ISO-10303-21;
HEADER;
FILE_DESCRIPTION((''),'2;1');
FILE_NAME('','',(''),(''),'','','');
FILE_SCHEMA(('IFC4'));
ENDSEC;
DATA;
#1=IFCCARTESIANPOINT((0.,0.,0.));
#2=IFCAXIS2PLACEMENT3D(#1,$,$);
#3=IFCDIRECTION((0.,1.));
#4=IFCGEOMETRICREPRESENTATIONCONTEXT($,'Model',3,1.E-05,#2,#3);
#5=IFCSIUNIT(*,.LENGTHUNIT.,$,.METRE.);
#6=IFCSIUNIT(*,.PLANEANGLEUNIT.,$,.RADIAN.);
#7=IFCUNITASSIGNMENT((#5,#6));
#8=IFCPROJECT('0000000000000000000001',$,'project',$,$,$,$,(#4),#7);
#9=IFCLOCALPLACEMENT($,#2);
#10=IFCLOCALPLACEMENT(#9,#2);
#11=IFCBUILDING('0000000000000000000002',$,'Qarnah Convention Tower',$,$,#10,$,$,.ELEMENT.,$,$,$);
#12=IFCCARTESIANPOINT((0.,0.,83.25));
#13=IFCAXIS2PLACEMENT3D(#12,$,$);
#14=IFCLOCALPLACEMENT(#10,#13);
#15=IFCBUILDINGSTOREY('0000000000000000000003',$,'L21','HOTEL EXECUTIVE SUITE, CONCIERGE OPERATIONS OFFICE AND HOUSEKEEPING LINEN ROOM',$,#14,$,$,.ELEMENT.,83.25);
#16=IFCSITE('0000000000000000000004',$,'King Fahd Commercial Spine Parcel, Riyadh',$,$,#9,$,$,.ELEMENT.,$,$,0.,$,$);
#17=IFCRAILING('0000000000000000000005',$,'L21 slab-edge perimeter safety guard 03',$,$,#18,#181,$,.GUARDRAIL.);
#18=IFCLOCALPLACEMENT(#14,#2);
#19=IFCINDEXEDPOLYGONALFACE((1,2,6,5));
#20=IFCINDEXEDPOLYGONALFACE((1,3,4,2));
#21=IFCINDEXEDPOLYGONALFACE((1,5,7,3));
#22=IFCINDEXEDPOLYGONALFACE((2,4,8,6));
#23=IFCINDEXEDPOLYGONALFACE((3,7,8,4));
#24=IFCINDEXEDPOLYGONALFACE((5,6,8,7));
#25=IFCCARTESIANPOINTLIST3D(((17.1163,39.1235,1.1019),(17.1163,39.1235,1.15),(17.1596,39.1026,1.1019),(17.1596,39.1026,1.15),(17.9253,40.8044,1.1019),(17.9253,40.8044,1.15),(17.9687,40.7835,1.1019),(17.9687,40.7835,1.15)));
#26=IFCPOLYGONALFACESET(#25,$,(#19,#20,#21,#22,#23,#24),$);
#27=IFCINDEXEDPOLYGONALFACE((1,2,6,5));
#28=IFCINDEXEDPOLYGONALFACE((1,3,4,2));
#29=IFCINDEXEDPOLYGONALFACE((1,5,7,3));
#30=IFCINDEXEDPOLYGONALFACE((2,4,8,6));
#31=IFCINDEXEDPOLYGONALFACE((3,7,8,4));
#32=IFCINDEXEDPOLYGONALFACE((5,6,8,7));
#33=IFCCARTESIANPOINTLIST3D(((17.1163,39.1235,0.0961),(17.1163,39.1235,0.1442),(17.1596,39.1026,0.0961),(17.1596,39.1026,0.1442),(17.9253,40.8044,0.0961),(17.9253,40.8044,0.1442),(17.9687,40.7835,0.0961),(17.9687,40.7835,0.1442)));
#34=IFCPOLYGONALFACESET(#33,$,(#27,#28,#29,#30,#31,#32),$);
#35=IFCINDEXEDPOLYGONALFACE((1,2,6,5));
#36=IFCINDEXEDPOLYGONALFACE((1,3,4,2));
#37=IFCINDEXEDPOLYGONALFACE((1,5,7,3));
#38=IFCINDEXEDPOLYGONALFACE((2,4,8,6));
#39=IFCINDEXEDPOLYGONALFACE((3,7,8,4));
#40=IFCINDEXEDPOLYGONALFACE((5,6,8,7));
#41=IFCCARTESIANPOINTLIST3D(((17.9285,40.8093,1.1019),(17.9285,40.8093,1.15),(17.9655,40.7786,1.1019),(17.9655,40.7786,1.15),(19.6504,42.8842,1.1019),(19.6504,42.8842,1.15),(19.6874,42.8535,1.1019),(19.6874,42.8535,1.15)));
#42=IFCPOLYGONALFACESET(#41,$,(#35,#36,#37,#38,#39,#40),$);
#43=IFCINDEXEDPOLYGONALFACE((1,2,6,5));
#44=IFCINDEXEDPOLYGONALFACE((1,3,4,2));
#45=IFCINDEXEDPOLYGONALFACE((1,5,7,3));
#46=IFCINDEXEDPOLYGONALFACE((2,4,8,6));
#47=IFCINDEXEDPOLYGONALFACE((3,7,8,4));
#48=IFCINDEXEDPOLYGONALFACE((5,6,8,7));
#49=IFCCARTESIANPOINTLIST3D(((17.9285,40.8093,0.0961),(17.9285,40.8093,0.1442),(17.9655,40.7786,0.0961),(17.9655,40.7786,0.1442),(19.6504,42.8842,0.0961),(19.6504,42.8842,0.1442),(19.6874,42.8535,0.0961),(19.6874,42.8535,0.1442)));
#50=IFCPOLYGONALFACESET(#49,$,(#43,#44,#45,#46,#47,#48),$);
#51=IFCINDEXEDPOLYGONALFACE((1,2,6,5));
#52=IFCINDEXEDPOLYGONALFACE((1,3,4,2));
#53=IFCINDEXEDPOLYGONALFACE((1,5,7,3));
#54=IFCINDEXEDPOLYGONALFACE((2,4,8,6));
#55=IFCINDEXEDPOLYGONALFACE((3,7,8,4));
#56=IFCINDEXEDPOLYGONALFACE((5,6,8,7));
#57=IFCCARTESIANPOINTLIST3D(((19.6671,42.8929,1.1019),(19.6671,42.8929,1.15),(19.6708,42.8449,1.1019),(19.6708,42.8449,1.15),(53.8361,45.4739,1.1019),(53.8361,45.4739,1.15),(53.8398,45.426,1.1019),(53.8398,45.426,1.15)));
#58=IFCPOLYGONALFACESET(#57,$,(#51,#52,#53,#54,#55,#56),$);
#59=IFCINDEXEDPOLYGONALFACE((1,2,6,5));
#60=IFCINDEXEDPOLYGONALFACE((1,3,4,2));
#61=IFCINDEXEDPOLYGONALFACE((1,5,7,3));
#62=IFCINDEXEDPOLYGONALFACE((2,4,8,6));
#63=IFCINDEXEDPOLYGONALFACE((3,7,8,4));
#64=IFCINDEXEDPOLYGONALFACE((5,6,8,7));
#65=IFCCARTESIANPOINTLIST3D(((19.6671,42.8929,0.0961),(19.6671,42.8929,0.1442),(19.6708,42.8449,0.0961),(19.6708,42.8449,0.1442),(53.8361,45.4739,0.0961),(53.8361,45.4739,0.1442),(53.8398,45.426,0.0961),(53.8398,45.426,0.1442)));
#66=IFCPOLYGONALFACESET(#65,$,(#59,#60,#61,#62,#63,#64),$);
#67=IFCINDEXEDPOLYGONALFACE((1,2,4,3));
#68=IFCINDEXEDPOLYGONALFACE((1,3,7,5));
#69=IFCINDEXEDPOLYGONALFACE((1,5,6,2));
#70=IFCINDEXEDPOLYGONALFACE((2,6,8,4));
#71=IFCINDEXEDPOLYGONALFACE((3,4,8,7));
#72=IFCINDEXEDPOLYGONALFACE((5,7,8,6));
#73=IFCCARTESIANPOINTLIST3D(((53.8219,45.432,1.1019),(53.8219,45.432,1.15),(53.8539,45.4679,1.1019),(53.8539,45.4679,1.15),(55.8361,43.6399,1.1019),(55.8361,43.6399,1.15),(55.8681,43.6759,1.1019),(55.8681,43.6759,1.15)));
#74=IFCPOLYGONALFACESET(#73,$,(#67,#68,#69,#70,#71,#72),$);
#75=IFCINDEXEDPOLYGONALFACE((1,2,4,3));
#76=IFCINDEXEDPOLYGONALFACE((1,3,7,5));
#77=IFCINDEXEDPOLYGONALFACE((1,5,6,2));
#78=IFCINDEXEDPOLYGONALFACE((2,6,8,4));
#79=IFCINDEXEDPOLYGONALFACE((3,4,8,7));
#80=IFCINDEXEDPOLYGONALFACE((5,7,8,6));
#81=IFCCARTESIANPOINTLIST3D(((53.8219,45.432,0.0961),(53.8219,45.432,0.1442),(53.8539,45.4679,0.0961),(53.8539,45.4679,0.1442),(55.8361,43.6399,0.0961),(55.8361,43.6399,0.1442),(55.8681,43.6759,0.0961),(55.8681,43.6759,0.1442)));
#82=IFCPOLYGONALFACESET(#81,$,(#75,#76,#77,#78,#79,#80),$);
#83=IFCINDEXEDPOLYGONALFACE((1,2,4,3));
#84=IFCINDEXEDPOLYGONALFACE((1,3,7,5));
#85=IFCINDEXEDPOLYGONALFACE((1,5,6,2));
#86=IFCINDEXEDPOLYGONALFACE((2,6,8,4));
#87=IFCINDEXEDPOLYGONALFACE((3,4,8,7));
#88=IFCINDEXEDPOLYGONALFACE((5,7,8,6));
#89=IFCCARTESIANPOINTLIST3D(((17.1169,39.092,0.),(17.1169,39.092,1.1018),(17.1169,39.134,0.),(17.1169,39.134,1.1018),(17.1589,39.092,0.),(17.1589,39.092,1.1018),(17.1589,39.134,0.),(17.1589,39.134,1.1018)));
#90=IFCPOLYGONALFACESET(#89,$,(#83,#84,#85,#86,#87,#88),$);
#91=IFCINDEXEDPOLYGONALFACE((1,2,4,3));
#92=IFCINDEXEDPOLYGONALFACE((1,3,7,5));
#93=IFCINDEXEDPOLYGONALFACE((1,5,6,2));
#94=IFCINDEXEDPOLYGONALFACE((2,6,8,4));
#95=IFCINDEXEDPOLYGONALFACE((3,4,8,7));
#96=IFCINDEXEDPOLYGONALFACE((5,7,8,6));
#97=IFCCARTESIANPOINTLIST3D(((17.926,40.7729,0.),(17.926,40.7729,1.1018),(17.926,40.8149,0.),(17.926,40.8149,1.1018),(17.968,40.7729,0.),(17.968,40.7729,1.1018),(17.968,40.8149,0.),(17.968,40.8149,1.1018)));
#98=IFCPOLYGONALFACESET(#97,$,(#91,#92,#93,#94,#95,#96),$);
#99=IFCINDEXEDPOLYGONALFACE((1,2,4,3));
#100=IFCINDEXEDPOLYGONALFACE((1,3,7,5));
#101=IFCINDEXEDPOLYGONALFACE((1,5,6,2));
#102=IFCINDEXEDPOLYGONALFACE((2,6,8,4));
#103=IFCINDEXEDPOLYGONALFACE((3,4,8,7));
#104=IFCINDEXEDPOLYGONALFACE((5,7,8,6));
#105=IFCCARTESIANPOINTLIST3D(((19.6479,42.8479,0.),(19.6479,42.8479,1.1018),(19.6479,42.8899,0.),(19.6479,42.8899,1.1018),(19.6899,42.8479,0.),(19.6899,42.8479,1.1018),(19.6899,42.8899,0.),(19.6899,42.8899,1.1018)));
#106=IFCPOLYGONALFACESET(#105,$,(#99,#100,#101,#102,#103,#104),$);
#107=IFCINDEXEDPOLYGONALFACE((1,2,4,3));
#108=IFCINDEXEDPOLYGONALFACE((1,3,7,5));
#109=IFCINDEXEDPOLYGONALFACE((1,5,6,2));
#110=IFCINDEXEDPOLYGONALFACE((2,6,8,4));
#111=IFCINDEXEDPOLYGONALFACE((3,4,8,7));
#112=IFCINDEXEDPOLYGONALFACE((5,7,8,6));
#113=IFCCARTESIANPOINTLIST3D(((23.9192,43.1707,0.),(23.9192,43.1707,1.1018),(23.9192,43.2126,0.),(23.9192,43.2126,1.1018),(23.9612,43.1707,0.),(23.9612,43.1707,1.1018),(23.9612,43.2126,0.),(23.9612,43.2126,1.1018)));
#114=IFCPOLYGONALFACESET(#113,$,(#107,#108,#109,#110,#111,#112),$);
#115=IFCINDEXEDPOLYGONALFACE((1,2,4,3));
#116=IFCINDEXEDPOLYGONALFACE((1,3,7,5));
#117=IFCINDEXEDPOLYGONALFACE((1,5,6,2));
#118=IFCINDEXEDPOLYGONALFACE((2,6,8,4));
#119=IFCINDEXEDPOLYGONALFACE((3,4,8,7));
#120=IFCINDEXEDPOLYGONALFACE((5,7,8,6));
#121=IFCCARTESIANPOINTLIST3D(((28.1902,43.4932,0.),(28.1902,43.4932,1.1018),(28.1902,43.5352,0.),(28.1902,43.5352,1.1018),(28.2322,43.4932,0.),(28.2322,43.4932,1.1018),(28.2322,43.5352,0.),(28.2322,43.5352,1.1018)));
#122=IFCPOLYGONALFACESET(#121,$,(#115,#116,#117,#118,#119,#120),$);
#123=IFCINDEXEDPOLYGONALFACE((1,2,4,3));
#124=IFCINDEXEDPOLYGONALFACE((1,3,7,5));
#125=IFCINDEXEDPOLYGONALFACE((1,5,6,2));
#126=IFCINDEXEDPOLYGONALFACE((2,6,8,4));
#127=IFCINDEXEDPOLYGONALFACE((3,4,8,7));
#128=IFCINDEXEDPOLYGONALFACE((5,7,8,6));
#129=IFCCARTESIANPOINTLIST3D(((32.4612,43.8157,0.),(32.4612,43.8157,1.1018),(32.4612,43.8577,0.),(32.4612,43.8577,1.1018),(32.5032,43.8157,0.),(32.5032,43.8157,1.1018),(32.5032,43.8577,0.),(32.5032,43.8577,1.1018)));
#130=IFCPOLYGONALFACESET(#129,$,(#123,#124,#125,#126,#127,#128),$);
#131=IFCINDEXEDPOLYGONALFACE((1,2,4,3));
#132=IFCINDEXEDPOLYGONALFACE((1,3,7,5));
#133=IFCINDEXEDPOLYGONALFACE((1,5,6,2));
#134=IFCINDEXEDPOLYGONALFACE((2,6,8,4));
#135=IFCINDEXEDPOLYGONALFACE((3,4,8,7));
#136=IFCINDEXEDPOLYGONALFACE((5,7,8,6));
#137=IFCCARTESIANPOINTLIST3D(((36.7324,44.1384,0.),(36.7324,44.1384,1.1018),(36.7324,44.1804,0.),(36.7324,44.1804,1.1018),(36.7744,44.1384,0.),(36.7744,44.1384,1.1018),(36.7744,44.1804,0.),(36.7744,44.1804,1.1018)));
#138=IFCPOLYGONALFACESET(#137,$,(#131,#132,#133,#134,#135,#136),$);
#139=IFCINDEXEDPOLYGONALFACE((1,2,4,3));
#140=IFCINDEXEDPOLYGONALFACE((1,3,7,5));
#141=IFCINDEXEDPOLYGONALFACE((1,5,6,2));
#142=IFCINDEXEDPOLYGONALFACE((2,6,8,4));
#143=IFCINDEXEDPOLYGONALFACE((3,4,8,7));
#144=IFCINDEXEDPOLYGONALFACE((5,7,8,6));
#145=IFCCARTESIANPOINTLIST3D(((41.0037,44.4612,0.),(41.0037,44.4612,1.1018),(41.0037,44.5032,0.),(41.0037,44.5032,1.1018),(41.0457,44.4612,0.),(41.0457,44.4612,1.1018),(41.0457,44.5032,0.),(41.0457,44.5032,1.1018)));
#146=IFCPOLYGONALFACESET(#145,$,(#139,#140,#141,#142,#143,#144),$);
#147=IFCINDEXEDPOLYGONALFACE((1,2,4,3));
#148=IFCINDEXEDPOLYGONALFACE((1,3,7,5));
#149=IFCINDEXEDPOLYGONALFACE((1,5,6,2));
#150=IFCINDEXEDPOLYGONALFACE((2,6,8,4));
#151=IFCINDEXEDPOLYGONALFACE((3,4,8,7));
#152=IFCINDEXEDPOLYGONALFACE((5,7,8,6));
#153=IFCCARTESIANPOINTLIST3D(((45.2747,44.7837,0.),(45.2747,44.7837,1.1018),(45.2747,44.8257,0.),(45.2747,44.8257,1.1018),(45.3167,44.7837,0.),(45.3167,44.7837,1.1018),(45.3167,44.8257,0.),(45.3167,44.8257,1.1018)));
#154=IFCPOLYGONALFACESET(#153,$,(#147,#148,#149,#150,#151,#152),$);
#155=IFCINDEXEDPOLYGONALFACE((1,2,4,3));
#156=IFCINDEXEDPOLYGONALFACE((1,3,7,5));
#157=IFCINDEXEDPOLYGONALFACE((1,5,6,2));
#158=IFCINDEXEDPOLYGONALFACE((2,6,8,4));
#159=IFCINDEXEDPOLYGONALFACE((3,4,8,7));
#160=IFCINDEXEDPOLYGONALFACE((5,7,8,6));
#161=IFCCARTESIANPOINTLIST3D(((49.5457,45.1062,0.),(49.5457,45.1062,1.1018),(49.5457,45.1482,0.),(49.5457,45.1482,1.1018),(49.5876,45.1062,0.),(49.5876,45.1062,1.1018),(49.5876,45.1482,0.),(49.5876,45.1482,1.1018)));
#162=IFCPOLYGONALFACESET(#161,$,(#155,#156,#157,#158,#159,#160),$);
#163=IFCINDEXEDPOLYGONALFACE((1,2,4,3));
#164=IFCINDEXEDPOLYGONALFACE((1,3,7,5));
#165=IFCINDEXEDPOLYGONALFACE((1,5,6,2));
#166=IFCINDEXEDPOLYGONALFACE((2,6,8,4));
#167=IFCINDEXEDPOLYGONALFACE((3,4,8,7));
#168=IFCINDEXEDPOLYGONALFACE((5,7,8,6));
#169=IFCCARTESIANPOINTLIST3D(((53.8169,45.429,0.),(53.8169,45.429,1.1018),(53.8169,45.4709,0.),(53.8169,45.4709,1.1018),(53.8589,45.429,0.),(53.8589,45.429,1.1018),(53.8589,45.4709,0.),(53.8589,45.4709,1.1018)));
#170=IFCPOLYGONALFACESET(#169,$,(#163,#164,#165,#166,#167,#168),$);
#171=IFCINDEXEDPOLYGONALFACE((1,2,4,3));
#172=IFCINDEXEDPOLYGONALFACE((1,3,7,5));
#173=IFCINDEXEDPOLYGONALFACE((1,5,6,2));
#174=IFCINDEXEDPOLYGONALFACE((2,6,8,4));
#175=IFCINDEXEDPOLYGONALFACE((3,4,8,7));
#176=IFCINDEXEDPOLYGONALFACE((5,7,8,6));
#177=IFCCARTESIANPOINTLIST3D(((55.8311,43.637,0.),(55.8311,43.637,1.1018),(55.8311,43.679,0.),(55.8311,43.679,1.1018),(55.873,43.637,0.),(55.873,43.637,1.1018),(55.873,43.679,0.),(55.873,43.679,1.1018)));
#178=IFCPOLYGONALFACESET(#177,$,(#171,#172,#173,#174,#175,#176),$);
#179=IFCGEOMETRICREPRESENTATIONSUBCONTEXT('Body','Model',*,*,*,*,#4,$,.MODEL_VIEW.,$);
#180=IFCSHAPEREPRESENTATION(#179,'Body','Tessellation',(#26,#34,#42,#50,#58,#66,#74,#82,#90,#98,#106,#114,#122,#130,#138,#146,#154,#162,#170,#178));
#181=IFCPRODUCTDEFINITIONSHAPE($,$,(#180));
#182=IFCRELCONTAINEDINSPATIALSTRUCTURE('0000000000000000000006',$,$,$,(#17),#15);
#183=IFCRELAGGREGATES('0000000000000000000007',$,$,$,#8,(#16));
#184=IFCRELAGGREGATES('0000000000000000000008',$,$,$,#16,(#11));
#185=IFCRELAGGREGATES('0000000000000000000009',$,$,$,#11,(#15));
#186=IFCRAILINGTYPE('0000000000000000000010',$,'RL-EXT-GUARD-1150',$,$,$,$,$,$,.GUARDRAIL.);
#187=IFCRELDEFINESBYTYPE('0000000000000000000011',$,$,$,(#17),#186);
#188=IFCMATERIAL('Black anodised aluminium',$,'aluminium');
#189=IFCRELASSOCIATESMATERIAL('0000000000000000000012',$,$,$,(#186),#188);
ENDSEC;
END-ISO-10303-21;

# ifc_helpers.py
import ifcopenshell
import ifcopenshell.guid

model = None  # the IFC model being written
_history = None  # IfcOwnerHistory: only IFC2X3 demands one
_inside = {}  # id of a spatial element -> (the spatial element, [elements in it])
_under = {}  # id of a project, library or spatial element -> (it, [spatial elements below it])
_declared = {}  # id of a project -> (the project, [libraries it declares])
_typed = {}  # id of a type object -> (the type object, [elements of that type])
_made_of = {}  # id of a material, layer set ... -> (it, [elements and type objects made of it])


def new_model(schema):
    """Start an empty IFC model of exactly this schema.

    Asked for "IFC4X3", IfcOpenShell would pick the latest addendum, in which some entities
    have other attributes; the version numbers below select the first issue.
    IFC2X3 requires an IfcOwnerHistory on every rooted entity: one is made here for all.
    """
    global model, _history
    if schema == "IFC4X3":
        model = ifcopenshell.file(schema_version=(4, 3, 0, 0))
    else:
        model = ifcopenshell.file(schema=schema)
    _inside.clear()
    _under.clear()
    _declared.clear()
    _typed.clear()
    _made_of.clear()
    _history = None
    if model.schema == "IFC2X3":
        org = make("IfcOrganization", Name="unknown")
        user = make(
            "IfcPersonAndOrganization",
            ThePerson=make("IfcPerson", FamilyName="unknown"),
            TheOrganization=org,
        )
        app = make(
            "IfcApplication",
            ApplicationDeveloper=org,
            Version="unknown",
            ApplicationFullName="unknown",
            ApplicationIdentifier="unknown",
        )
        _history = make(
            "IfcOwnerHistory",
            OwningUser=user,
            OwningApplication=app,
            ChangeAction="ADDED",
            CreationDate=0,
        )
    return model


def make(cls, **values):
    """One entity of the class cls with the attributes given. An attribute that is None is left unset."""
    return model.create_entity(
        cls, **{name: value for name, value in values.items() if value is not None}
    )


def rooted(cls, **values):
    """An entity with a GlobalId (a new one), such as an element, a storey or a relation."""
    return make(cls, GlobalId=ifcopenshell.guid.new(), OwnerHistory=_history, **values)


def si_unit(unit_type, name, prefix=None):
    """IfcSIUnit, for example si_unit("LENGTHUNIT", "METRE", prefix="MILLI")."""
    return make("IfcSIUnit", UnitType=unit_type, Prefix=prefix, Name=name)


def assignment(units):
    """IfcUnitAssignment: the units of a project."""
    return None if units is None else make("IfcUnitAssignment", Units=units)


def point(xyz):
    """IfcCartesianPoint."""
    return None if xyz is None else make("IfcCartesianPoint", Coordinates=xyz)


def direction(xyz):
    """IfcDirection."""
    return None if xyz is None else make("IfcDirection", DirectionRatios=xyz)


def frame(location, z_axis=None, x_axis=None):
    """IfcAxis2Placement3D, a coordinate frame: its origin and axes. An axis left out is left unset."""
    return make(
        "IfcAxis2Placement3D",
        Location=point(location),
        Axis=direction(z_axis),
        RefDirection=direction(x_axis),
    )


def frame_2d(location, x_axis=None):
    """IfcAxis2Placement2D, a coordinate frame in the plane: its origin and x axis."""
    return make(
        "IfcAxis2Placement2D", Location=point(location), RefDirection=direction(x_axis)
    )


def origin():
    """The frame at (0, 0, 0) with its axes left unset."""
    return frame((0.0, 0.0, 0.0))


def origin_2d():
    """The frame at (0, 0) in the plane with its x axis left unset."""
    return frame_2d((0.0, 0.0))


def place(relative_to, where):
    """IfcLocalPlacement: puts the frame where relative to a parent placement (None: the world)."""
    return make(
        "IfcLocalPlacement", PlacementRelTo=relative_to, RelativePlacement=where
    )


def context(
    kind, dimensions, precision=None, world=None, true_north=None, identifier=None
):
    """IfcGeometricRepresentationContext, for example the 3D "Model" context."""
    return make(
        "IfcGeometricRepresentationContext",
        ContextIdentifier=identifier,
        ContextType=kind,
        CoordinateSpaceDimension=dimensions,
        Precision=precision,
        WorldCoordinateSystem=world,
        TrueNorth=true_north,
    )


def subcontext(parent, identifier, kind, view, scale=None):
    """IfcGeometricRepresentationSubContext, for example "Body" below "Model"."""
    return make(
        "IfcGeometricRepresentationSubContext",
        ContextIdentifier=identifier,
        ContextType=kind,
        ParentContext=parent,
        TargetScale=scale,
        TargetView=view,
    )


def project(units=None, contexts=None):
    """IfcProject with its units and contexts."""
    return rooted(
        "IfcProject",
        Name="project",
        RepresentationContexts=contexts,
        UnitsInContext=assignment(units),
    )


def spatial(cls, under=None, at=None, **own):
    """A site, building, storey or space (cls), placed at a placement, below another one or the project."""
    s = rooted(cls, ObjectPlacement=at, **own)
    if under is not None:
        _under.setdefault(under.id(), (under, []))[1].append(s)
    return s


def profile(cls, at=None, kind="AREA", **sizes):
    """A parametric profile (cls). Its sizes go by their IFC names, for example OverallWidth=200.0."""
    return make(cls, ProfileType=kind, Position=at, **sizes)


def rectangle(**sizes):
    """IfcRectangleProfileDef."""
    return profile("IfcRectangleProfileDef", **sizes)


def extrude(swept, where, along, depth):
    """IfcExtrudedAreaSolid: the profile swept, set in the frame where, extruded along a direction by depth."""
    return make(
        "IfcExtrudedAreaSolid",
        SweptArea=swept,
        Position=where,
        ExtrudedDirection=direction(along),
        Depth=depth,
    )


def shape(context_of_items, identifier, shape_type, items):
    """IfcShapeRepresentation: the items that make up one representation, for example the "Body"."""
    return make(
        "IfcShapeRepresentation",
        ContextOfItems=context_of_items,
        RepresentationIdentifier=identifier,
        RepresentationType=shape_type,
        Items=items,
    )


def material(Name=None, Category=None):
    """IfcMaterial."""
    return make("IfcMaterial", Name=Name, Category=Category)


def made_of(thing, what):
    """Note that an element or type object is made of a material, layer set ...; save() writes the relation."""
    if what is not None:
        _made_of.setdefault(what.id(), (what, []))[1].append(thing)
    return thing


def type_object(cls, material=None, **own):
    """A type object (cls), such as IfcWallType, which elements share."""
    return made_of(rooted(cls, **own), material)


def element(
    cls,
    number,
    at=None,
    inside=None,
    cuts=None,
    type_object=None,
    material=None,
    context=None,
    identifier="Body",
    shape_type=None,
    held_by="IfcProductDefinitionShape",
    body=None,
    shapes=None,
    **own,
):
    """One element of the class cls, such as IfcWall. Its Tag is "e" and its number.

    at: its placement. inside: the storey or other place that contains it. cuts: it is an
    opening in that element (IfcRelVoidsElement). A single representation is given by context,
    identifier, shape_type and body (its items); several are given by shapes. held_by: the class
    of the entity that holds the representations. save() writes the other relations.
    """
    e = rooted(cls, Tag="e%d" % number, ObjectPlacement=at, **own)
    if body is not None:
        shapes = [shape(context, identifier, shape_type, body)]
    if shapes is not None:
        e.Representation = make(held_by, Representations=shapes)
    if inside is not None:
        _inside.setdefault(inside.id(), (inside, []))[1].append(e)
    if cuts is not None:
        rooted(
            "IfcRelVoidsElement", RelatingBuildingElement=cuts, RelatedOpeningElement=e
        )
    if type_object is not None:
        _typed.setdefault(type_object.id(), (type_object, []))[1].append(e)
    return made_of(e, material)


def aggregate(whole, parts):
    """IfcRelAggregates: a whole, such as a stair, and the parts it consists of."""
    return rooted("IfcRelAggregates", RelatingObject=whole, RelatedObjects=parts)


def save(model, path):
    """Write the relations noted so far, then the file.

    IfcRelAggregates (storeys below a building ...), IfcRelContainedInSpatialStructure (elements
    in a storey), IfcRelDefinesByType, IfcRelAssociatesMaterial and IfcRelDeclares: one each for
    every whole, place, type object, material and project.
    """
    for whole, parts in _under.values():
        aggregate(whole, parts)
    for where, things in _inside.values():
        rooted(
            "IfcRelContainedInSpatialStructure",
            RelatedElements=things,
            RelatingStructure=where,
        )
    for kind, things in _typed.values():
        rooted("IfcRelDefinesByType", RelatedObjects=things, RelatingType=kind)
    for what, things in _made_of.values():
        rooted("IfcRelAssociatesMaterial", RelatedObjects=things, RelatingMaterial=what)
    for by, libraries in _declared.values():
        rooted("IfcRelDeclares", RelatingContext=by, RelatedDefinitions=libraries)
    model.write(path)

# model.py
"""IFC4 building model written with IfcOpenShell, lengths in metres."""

from ifc_helpers import new_model, si_unit, direction, frame, origin, origin_2d, place, context, subcontext, project, spatial, rectangle, extrude, material, type_object, element, save


model = new_model("IFC4")

# Units and contexts
model_context = context("Model", 3, precision=1e-05, world=origin(), true_north=direction((0.0, 1.0)))
body_context = subcontext(model_context, "Body", "Model", "MODEL_VIEW")
ifc_project = project(units=[si_unit("LENGTHUNIT", "METRE"), si_unit("PLANEANGLEUNIT", "RADIAN")], contexts=[model_context])

# Site, building, storey
site_placement = place(None, origin())
site = spatial("IfcSite", under=ifc_project, at=site_placement, Name="King Fahd Commercial Spine Parcel, Riyadh", CompositionType="ELEMENT", RefElevation=0.0)
building_placement = place(site_placement, origin())
building = spatial("IfcBuilding", under=site, at=building_placement, Name="Qarnah Convention Tower", CompositionType="ELEMENT")
storey_placement = place(building_placement, frame((0.0, 0.0, 83.25)))
storey = spatial("IfcBuildingStorey", under=building, at=storey_placement, Name="L21", Description="HOTEL EXECUTIVE SUITE, CONCIERGE OPERATIONS OFFICE AND HOUSEKEEPING LINEN ROOM", CompositionType="ELEMENT", Elevation=83.25)

# Shared definitions
ifc_material_1 = material(Name="Black anodised aluminium", Category="aluminium")

# Railing
railing_type = type_object("IfcRailingType", Name="RL-EXT-GUARD-1150", PredefinedType="GUARDRAIL", material=ifc_material_1)
railing_1_placement = place(storey_placement, frame((17.1379, 39.113, 0.0)))
element("IfcRailing", 1, at=railing_1_placement, inside=storey, type_object=railing_type, Name="L21 slab-edge perimeter safety guard 03", PredefinedType="GUARDRAIL", context=body_context, shape_type="SweptSolid", body=[
    extrude(rectangle(XDim=0.0481, YDim=0.0481, at=origin_2d()), frame((0.0, 0.0, 1.126), z_axis=(0.433709, 0.901053, 0.0), x_axis=(-0.901053, 0.433709, 0.0)), (0.0, 0.0, 1.0), 1.8655),
    extrude(rectangle(XDim=0.0481, YDim=0.0481, at=origin_2d()), frame((0.0, 0.0, 0.1201), z_axis=(0.433709, 0.901053, 0.0), x_axis=(-0.901053, 0.433709, 0.0)), (0.0, 0.0, 1.0), 1.8655),
    extrude(rectangle(XDim=0.0481, YDim=0.0481, at=origin_2d()), frame((0.8091, 1.6809, 1.126), z_axis=(0.638607, 0.769533, 0.0), x_axis=(-0.769533, 0.638607, 0.0)), (0.0, 0.0, 1.0), 2.6963),
    extrude(rectangle(XDim=0.0481, YDim=0.0481, at=origin_2d()), frame((0.8091, 1.6809, 0.1201), z_axis=(0.638607, 0.769533, 0.0), x_axis=(-0.769533, 0.638607, 0.0)), (0.0, 0.0, 1.0), 2.6963),
    extrude(rectangle(XDim=0.0481, YDim=0.0481, at=origin_2d()), frame((2.531, 3.7559, 1.126), z_axis=(0.997159, 0.075323, 0.0), x_axis=(-0.075323, 0.997159, 0.0)), (0.0, 0.0, 1.0), 34.2664),
    extrude(rectangle(XDim=0.0481, YDim=0.0481, at=origin_2d()), frame((2.531, 3.7559, 0.1201), z_axis=(0.997159, 0.075323, 0.0), x_axis=(-0.075323, 0.997159, 0.0)), (0.0, 0.0, 1.0), 34.2664),
    extrude(rectangle(XDim=0.0481, YDim=0.0481, at=origin_2d()), frame((36.7, 6.3369, 1.126), z_axis=(0.747109, -0.664701, 0.0), x_axis=(0.664701, 0.747109, 0.0)), (0.0, 0.0, 1.0), 2.696),
    extrude(rectangle(XDim=0.0481, YDim=0.0481, at=origin_2d()), frame((36.7, 6.3369, 0.1201), z_axis=(0.747109, -0.664701, 0.0), x_axis=(0.664701, 0.747109, 0.0)), (0.0, 0.0, 1.0), 2.696),
    extrude(rectangle(XDim=0.042, YDim=0.042, at=origin_2d()), origin(), (0.0, 0.0, 1.0), 1.1018),
    extrude(rectangle(XDim=0.042, YDim=0.042, at=origin_2d()), frame((0.8091, 1.6809, 0.0)), (0.0, 0.0, 1.0), 1.1018),
    extrude(rectangle(XDim=0.042, YDim=0.042, at=origin_2d()), frame((2.531, 3.7559, 0.0)), (0.0, 0.0, 1.0), 1.1018),
    extrude(rectangle(XDim=0.042, YDim=0.042, at=origin_2d()), frame((6.8022, 4.0786, 0.0)), (0.0, 0.0, 1.0), 1.1018),
    extrude(rectangle(XDim=0.042, YDim=0.042, at=origin_2d()), frame((11.0732, 4.4011, 0.0)), (0.0, 0.0, 1.0), 1.1018),
    extrude(rectangle(XDim=0.042, YDim=0.042, at=origin_2d()), frame((15.3442, 4.7236, 0.0)), (0.0, 0.0, 1.0), 1.1018),
    extrude(rectangle(XDim=0.042, YDim=0.042, at=origin_2d()), frame((19.6155, 5.0464, 0.0)), (0.0, 0.0, 1.0), 1.1018),
    extrude(rectangle(XDim=0.042, YDim=0.042, at=origin_2d()), frame((23.8867, 5.3691, 0.0)), (0.0, 0.0, 1.0), 1.1018),
    extrude(rectangle(XDim=0.042, YDim=0.042, at=origin_2d()), frame((28.1577, 5.6917, 0.0)), (0.0, 0.0, 1.0), 1.1018),
    extrude(rectangle(XDim=0.042, YDim=0.042, at=origin_2d()), frame((32.4287, 6.0142, 0.0)), (0.0, 0.0, 1.0), 1.1018),
    extrude(rectangle(XDim=0.042, YDim=0.042, at=origin_2d()), frame((36.7, 6.3369, 0.0)), (0.0, 0.0, 1.0), 1.1018),
    extrude(rectangle(XDim=0.042, YDim=0.042, at=origin_2d()), frame((38.7141, 4.5449, 0.0)), (0.0, 0.0, 1.0), 1.1018),
])

save(model, "model.ifc")
